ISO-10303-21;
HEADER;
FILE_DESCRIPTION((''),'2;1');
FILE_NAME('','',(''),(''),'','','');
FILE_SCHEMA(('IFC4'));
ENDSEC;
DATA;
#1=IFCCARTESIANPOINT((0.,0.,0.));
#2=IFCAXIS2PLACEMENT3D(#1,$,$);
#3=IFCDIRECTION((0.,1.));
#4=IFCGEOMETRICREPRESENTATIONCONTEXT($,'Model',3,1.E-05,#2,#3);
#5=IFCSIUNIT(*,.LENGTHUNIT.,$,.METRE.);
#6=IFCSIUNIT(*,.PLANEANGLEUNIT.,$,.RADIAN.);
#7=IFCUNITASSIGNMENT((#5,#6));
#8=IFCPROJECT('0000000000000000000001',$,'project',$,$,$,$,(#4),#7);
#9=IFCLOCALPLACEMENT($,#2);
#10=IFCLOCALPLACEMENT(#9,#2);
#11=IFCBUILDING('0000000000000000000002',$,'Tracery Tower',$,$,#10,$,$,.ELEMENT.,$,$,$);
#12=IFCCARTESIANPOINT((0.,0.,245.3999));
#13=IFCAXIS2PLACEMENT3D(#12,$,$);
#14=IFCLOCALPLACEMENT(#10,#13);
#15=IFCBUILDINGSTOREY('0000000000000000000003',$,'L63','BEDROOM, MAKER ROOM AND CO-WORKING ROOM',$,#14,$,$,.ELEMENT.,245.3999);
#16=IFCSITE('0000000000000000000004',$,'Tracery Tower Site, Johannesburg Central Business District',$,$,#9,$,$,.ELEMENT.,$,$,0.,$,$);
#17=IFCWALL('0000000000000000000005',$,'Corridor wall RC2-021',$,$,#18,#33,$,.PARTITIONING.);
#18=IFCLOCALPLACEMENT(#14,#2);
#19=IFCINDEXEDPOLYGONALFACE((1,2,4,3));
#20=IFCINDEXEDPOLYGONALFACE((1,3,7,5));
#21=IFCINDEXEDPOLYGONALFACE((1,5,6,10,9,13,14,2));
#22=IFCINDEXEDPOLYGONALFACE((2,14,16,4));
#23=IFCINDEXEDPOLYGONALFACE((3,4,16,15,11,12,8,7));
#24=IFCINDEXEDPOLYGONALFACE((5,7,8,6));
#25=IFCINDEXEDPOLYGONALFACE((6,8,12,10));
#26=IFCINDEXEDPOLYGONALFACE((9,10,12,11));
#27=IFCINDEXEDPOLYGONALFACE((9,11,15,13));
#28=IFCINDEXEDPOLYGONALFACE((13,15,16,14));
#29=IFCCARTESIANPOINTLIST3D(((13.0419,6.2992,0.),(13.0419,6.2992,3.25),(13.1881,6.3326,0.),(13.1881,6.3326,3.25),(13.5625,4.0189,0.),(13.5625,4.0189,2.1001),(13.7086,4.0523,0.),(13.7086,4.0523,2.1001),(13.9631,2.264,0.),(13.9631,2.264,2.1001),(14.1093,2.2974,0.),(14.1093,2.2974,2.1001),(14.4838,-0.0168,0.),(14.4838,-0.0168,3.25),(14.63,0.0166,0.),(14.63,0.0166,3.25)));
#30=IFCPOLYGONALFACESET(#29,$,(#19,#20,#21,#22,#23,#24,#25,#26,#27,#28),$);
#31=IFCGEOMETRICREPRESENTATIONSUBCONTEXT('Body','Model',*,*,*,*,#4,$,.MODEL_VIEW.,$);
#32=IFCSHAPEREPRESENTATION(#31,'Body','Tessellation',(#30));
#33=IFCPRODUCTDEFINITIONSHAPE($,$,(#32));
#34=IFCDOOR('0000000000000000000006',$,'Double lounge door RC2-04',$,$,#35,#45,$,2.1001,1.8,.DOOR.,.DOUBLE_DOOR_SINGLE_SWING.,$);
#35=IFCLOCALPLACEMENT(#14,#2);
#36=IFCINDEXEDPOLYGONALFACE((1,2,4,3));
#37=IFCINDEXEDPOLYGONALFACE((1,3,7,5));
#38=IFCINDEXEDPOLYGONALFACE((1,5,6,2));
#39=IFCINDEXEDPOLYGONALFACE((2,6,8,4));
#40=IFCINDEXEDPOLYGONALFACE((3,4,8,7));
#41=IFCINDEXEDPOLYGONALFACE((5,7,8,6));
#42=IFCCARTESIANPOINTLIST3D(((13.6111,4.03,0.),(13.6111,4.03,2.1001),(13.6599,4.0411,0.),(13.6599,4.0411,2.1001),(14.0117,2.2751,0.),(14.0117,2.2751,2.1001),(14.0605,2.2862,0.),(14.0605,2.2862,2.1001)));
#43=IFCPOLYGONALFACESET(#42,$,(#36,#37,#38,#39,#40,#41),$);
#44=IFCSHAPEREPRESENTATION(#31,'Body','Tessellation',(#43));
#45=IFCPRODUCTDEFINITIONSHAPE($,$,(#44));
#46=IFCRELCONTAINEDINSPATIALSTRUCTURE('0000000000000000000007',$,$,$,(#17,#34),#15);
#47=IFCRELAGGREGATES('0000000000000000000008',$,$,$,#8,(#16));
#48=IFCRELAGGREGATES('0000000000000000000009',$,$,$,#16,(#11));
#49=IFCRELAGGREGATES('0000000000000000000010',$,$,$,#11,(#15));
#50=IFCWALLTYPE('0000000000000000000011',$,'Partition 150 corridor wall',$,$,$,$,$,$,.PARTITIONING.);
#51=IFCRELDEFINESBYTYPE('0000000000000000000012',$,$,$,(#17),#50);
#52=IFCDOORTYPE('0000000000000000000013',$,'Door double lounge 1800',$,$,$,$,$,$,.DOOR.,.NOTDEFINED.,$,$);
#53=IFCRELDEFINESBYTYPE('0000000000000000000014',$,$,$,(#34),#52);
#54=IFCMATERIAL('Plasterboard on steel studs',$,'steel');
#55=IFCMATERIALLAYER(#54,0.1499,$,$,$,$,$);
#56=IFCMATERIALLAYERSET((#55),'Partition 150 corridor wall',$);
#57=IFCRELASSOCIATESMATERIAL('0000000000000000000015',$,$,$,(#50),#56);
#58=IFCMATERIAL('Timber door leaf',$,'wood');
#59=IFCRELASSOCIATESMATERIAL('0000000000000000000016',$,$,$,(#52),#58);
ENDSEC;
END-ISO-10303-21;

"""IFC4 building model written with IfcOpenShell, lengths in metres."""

from ifc_helpers import new_model, si_unit, direction, frame, frame_2d, origin, place, context, subcontext, project, spatial, rectangle, extrude, material, layer, layer_set, type_object, element, fill, save


model = new_model("IFC4")

# Units and contexts
model_context = context("Model", 3, precision=1e-05, world=origin(), true_north=direction((0.0, 1.0)))
body_context = subcontext(model_context, "Body", "Model", "MODEL_VIEW")
ifc_project = project(units=[si_unit("LENGTHUNIT", "METRE"), si_unit("PLANEANGLEUNIT", "RADIAN")], contexts=[model_context])

# Site, building, storey
site_placement = place(None, origin())
site = spatial("IfcSite", under=ifc_project, at=site_placement, Name="Tracery Tower Site, Johannesburg Central Business District", CompositionType="ELEMENT", RefElevation=0.0)
building_placement = place(site_placement, origin())
building = spatial("IfcBuilding", under=site, at=building_placement, Name="Tracery Tower", CompositionType="ELEMENT")
storey_placement = place(building_placement, frame((0.0, 0.0, 245.3999)))
storey = spatial("IfcBuildingStorey", under=building, at=storey_placement, Name="L63", Description="BEDROOM, MAKER ROOM AND CO-WORKING ROOM", CompositionType="ELEMENT", Elevation=245.3999)

# Shared definitions
ifc_material_1 = material(Name="Plasterboard on steel studs", Category="steel")
ifc_layer_1 = layer(ifc_material_1, 0.1499)
ifc_layer_set_1 = layer_set([ifc_layer_1], Name="Partition 150 corridor wall")
wall_type_1 = type_object("IfcWallType", Name="Partition 150 corridor wall", PredefinedType="PARTITIONING", material=ifc_layer_set_1)

# Wall, opening, door
wall_1_placement = place(storey_placement, frame((13.115, 6.3159, 0.0), z_axis=(0.0, 0.0, 1.0), x_axis=(0.222569, -0.974917, 0.0)))
wall_1 = element("IfcWall", 1, at=wall_1_placement, inside=storey, type_object=wall_type_1, Name="Corridor wall RC2-021", PredefinedType="PARTITIONING", context=body_context, shape_type="SweptSolid", body=[
    extrude(rectangle(XDim=6.4785, YDim=0.1499, at=frame_2d((3.2393, 0.0))), origin(), (0.0, 0.0, 1.0), 3.25),
])
opening_1_placement = place(wall_1_placement, frame((2.3391, 0.0, 0.0)))
opening_1 = element("IfcOpeningElement", 2, at=opening_1_placement, cuts=wall_1, PredefinedType="OPENING", context=body_context, shape_type="SweptSolid", body=[
    extrude(rectangle(XDim=1.8, YDim=2.1001, at=frame_2d((0.8999, 1.05))), frame((0.0, 0.075, 0.0), z_axis=(0.0, -1.0, 0.0), x_axis=(1.0, 0.0, 0.0)), (0.0, 0.0, 1.0), 0.1499),
])
ifc_material_2 = material(Name="Timber door leaf", Category="wood")
door_type = type_object("IfcDoorType", Name="Door double lounge 1800", OperationType="NOTDEFINED", PredefinedType="DOOR", material=ifc_material_2)
door_placement = place(opening_1_placement, origin())
door = element("IfcDoor", 3, at=door_placement, inside=storey, type_object=door_type, Name="Double lounge door RC2-04", OperationType="DOUBLE_DOOR_SINGLE_SWING", OverallHeight=2.1001, OverallWidth=1.8, PredefinedType="DOOR", context=body_context, shape_type="SweptSolid", body=[
    extrude(rectangle(XDim=1.8, YDim=2.1001, at=frame_2d((0.8999, 1.05))), frame((0.0, 0.0249, 0.0), z_axis=(0.0, -1.0, 0.0), x_axis=(1.0, 0.0, 0.0)), (0.0, 0.0, 1.0), 0.05),
])
fill(opening_1, door)

save(model, "model.ifc")
